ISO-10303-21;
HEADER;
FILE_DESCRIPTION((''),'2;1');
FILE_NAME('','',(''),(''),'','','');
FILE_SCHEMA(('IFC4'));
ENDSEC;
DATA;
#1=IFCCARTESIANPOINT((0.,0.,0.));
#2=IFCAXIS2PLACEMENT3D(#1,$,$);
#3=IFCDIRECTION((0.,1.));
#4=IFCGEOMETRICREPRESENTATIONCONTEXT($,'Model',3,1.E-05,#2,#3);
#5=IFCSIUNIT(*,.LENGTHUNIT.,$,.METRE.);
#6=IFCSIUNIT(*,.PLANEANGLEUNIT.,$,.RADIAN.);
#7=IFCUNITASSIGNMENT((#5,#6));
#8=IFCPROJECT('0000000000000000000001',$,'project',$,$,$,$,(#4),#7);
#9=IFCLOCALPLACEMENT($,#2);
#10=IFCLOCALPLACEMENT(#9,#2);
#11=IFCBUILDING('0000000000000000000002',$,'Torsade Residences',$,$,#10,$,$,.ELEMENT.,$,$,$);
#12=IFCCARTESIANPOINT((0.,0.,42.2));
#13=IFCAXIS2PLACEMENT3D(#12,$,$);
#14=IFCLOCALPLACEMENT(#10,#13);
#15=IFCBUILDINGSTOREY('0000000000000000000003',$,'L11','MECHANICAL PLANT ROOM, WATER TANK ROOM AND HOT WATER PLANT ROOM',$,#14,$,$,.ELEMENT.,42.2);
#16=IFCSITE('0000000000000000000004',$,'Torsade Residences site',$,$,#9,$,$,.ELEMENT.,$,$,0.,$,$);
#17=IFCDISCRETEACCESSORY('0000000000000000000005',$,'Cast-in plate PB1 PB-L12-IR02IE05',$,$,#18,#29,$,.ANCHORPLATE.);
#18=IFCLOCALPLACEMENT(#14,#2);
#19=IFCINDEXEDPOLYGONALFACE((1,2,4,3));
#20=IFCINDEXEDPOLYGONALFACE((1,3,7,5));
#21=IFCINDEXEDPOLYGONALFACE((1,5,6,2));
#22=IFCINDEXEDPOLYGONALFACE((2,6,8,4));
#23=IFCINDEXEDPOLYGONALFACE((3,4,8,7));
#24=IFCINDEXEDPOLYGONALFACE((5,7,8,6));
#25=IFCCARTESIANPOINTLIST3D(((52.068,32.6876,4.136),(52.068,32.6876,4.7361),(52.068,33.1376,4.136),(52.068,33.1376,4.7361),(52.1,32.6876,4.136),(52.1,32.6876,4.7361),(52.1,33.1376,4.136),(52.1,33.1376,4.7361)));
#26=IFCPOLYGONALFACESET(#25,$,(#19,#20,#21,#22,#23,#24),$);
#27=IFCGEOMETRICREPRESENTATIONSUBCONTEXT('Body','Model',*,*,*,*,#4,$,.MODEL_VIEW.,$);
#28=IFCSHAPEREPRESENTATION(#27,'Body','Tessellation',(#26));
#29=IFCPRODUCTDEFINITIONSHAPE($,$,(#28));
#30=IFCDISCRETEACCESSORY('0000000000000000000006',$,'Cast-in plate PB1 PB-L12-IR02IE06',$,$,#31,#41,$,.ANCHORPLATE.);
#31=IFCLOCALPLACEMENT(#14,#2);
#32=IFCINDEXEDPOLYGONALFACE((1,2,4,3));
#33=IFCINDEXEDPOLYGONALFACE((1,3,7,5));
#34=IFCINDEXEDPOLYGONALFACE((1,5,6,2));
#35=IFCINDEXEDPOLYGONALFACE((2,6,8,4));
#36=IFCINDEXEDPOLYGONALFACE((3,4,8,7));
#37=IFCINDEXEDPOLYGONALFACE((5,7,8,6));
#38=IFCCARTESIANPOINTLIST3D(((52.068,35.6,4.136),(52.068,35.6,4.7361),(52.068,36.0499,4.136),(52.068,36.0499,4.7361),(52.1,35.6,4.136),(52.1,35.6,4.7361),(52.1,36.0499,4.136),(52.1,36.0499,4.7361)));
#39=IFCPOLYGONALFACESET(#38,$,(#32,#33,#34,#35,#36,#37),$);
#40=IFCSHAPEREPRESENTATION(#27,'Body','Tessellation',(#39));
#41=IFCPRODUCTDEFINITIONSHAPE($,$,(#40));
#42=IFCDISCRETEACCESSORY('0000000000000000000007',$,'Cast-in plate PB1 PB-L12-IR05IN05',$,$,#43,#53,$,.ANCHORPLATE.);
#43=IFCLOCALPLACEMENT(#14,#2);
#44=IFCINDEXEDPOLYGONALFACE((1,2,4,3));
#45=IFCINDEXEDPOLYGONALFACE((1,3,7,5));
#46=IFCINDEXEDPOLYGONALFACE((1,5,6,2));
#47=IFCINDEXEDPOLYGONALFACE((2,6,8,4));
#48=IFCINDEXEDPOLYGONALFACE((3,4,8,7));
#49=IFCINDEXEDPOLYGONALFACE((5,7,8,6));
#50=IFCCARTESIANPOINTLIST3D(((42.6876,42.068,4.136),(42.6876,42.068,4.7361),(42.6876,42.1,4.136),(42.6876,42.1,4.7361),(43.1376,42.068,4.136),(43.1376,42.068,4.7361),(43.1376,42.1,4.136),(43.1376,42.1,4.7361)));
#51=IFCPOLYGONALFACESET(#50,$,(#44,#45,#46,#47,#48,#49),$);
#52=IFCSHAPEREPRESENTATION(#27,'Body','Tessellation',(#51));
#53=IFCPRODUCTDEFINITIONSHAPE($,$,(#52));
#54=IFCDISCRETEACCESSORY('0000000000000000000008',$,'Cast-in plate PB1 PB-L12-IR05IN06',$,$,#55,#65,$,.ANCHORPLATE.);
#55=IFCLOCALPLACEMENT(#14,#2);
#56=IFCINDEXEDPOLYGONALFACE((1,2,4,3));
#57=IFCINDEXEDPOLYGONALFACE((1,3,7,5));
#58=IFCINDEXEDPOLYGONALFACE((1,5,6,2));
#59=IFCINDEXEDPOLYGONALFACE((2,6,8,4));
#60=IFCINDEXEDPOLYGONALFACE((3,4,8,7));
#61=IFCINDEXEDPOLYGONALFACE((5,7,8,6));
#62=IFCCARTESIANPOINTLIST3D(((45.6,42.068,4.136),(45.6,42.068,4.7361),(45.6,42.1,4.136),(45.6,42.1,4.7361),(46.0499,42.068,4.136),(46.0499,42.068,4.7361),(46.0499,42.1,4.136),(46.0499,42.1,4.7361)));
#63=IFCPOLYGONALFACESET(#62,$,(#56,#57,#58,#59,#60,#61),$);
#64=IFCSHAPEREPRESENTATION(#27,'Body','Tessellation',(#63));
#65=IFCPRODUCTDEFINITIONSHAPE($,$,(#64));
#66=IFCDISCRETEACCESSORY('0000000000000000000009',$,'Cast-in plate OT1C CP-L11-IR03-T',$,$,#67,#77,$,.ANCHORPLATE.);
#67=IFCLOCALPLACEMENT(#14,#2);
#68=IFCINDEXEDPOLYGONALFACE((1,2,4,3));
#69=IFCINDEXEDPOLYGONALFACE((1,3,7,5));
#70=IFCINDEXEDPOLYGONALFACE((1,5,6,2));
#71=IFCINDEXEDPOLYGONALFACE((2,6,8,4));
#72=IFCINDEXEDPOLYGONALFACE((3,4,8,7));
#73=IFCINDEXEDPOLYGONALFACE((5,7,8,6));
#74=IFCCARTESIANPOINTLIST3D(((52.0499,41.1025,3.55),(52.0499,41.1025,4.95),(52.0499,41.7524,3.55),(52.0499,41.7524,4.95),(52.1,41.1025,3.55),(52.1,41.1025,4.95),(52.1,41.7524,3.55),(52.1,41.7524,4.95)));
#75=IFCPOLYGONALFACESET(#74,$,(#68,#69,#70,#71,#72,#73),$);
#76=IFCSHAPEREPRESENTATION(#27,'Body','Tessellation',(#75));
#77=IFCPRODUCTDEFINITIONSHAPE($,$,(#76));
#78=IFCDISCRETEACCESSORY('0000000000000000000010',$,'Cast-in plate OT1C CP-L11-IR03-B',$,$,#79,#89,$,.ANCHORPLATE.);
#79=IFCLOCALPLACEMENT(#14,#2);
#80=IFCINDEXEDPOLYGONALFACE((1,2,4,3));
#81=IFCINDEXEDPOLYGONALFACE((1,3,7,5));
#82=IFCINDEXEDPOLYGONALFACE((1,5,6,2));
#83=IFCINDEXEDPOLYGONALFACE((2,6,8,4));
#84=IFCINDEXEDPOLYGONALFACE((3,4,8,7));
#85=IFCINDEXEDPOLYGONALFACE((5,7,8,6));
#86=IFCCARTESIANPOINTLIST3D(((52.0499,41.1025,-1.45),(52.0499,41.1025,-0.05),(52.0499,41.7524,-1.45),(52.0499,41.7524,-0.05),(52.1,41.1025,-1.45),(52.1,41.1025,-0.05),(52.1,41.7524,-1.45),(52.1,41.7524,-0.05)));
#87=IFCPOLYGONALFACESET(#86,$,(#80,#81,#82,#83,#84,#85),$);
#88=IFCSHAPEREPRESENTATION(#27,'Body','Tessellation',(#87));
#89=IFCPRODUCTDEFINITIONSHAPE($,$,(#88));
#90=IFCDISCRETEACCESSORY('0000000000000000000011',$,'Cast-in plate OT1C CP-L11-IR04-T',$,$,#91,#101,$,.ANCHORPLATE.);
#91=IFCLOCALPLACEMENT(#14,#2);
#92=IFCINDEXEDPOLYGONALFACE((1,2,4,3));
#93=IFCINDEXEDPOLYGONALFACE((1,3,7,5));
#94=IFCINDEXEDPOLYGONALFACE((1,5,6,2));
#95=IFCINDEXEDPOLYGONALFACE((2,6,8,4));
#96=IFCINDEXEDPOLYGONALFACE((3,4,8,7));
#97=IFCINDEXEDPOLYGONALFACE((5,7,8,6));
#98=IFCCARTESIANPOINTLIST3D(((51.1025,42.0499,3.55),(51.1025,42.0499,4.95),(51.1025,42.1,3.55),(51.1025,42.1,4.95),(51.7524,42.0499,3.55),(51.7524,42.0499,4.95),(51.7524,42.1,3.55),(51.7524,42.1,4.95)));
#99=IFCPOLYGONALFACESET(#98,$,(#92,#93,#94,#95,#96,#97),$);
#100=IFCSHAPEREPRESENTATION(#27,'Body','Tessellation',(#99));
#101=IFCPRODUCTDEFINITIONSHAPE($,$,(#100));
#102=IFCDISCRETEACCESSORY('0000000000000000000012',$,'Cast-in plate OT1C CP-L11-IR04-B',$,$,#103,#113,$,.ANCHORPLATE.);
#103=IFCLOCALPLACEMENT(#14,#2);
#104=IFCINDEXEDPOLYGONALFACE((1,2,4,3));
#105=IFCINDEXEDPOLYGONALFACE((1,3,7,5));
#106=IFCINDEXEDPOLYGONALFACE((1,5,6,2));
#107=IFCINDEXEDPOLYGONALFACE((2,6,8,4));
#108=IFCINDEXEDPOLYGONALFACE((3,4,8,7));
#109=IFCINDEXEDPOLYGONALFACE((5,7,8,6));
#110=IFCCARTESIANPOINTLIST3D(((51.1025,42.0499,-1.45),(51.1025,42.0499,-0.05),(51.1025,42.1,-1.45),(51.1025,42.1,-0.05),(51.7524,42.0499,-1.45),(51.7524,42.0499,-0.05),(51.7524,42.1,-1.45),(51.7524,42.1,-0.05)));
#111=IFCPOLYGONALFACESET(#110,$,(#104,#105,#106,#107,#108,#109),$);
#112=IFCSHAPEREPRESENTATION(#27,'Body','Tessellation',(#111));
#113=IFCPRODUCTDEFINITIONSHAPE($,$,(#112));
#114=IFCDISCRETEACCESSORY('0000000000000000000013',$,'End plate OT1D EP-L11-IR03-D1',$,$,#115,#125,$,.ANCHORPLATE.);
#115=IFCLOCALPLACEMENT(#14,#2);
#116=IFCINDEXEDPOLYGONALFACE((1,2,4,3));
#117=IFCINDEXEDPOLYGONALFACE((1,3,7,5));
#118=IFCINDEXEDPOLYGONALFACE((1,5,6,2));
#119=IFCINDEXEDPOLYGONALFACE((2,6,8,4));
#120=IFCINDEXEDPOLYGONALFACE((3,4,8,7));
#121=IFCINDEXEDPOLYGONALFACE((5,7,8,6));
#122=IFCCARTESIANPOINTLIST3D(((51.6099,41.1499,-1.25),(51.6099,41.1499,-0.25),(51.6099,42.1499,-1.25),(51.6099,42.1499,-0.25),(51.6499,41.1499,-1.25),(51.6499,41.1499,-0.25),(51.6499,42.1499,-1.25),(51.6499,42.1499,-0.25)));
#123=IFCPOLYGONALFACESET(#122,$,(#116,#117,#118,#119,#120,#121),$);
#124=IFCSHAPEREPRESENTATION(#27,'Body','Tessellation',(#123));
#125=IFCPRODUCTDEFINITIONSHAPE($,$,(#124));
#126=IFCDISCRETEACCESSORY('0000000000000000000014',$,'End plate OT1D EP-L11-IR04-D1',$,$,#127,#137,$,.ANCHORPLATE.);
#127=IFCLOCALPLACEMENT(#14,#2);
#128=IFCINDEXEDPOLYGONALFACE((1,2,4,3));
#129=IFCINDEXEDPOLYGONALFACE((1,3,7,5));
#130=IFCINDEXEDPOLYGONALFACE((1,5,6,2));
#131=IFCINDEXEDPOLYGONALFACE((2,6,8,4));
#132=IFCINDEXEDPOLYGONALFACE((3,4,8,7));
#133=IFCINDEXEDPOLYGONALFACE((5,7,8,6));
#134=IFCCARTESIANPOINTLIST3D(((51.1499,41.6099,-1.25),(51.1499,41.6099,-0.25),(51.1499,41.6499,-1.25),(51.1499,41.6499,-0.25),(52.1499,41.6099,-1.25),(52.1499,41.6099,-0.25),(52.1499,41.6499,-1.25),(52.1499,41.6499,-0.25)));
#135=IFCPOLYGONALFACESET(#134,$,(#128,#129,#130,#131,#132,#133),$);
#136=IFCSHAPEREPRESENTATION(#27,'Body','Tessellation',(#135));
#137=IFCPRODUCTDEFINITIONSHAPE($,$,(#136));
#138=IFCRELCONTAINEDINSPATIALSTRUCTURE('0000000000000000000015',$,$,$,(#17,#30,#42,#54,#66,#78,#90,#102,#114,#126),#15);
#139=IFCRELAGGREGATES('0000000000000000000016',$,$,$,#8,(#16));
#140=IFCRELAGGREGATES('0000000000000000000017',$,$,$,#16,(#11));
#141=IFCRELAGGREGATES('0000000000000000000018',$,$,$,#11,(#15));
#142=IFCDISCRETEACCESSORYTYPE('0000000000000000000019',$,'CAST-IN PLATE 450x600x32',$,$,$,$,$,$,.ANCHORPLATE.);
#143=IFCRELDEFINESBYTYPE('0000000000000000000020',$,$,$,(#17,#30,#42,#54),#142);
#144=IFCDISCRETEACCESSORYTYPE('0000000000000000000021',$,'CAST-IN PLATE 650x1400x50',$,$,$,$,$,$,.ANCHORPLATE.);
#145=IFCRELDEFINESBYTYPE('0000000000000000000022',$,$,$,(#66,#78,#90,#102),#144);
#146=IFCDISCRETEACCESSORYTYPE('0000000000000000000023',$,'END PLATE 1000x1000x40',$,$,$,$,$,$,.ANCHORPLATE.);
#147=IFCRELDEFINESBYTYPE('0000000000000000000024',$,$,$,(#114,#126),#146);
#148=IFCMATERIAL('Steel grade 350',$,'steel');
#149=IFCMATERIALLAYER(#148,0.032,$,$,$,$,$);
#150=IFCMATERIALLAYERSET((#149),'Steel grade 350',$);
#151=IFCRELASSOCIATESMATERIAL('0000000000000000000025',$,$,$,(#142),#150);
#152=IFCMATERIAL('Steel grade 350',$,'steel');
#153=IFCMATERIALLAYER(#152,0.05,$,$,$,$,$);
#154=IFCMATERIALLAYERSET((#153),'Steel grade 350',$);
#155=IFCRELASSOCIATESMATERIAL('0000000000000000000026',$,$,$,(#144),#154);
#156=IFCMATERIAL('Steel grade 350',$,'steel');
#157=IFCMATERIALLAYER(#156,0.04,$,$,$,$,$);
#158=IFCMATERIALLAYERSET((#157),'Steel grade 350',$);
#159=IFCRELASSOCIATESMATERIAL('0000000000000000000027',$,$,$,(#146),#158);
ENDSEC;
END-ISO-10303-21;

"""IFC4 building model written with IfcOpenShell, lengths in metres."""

from ifc_helpers import new_model, si_unit, direction, frame, origin, origin_2d, place, context, subcontext, project, spatial, rectangle, extrude, material, layer, layer_set, type_object, element, save


model = new_model("IFC4")

# Units and contexts
model_context = context("Model", 3, precision=1e-05, world=origin(), true_north=direction((0.0, 1.0)))
body_context = subcontext(model_context, "Body", "Model", "MODEL_VIEW")
ifc_project = project(units=[si_unit("LENGTHUNIT", "METRE"), si_unit("PLANEANGLEUNIT", "RADIAN")], contexts=[model_context])

# Site, building, storey
site_placement = place(None, origin())
site = spatial("IfcSite", under=ifc_project, at=site_placement, Name="Torsade Residences site", CompositionType="ELEMENT", RefElevation=0.0)
building_placement = place(site_placement, origin())
building = spatial("IfcBuilding", under=site, at=building_placement, Name="Torsade Residences", CompositionType="ELEMENT")
storey_placement = place(building_placement, frame((0.0, 0.0, 42.2)))
storey = spatial("IfcBuildingStorey", under=building, at=storey_placement, Name="L11", Description="MECHANICAL PLANT ROOM, WATER TANK ROOM AND HOT WATER PLANT ROOM", CompositionType="ELEMENT", Elevation=42.2)

# Discrete accessories
ifc_material_1 = material(Name="Steel grade 350", Category="steel")
ifc_layer_1 = layer(ifc_material_1, 0.032)
ifc_layer_set_1 = layer_set([ifc_layer_1], Name="Steel grade 350")
discrete_accessory_type_1 = type_object("IfcDiscreteAccessoryType", Name="CAST-IN PLATE 450x600x32", PredefinedType="ANCHORPLATE", material=ifc_layer_set_1)
for number, where, z_axis, x_axis, name in (
    (1, (52.084, 32.9126, 4.136), (0.0, 0.0, 1.0), (1.0, 0.0, 0.0), "Cast-in plate PB1 PB-L12-IR02IE05"),
    (2, (52.084, 35.825, 4.136), (0.0, 0.0, 1.0), (1.0, 0.0, 0.0), "Cast-in plate PB1 PB-L12-IR02IE06"),
):
    element("IfcDiscreteAccessory", number, at=place(storey_placement, frame(where, z_axis=z_axis, x_axis=x_axis)), inside=storey, type_object=discrete_accessory_type_1, Name=name, PredefinedType="ANCHORPLATE", context=body_context, shape_type="SweptSolid", body=[
        extrude(rectangle(XDim=0.032, YDim=0.45, at=origin_2d()), origin(), (0.0, 0.0, 1.0), 0.6001),
    ])
for number, where, z_axis, x_axis, name in (
    (3, (42.9126, 42.084, 4.136), (0.0, 0.0, 1.0), (1.0, 0.0, 0.0), "Cast-in plate PB1 PB-L12-IR05IN05"),
    (4, (45.825, 42.084, 4.136), (0.0, 0.0, 1.0), (1.0, 0.0, 0.0), "Cast-in plate PB1 PB-L12-IR05IN06"),
):
    element("IfcDiscreteAccessory", number, at=place(storey_placement, frame(where, z_axis=z_axis, x_axis=x_axis)), inside=storey, type_object=discrete_accessory_type_1, Name=name, PredefinedType="ANCHORPLATE", context=body_context, shape_type="SweptSolid", body=[
        extrude(rectangle(XDim=0.45, YDim=0.032, at=origin_2d()), origin(), (0.0, 0.0, 1.0), 0.6001),
    ])
ifc_material_2 = material(Name="Steel grade 350", Category="steel")
ifc_layer_2 = layer(ifc_material_2, 0.05)
ifc_layer_set_2 = layer_set([ifc_layer_2], Name="Steel grade 350")
discrete_accessory_type_2 = type_object("IfcDiscreteAccessoryType", Name="CAST-IN PLATE 650x1400x50", PredefinedType="ANCHORPLATE", material=ifc_layer_set_2)
for number, where, z_axis, x_axis, name in (
    (5, (52.075, 41.4275, 3.55), (0.0, 0.0, 1.0), (1.0, 0.0, 0.0), "Cast-in plate OT1C CP-L11-IR03-T"),
    (6, (52.075, 41.4275, -1.45), (0.0, 0.0, 1.0), (1.0, 0.0, 0.0), "Cast-in plate OT1C CP-L11-IR03-B"),
):
    element("IfcDiscreteAccessory", number, at=place(storey_placement, frame(where, z_axis=z_axis, x_axis=x_axis)), inside=storey, type_object=discrete_accessory_type_2, Name=name, PredefinedType="ANCHORPLATE", context=body_context, shape_type="SweptSolid", body=[
        extrude(rectangle(XDim=0.05, YDim=0.6499, at=origin_2d()), origin(), (0.0, 0.0, 1.0), 1.3999),
    ])
for number, where, z_axis, x_axis, name in (
    (7, (51.4275, 42.075, 3.55), (0.0, 0.0, 1.0), (1.0, 0.0, 0.0), "Cast-in plate OT1C CP-L11-IR04-T"),
    (8, (51.4275, 42.075, -1.45), (0.0, 0.0, 1.0), (1.0, 0.0, 0.0), "Cast-in plate OT1C CP-L11-IR04-B"),
):
    element("IfcDiscreteAccessory", number, at=place(storey_placement, frame(where, z_axis=z_axis, x_axis=x_axis)), inside=storey, type_object=discrete_accessory_type_2, Name=name, PredefinedType="ANCHORPLATE", context=body_context, shape_type="SweptSolid", body=[
        extrude(rectangle(XDim=0.6499, YDim=0.05, at=origin_2d()), origin(), (0.0, 0.0, 1.0), 1.3999),
    ])
ifc_material_3 = material(Name="Steel grade 350", Category="steel")
ifc_layer_3 = layer(ifc_material_3, 0.04)
ifc_layer_set_3 = layer_set([ifc_layer_3], Name="Steel grade 350")
discrete_accessory_type_3 = type_object("IfcDiscreteAccessoryType", Name="END PLATE 1000x1000x40", PredefinedType="ANCHORPLATE", material=ifc_layer_set_3)
discrete_accessory_1_placement = place(storey_placement, frame((51.6299, 41.6499, -1.25), z_axis=(0.0, 0.0, 1.0), x_axis=(1.0, 0.0, 0.0)))
element("IfcDiscreteAccessory", 9, at=discrete_accessory_1_placement, inside=storey, type_object=discrete_accessory_type_3, Name="End plate OT1D EP-L11-IR03-D1", PredefinedType="ANCHORPLATE", context=body_context, shape_type="SweptSolid", body=[
    extrude(rectangle(XDim=0.04, YDim=1.0, at=origin_2d()), origin(), (0.0, 0.0, 1.0), 1.0),
])
discrete_accessory_2_placement = place(storey_placement, frame((51.6499, 41.6299, -1.25), z_axis=(0.0, 0.0, 1.0), x_axis=(1.0, 0.0, 0.0)))
element("IfcDiscreteAccessory", 10, at=discrete_accessory_2_placement, inside=storey, type_object=discrete_accessory_type_3, Name="End plate OT1D EP-L11-IR04-D1", PredefinedType="ANCHORPLATE", context=body_context, shape_type="SweptSolid", body=[
    extrude(rectangle(XDim=1.0, YDim=0.04, at=origin_2d()), origin(), (0.0, 0.0, 1.0), 1.0),
])

save(model, "model.ifc")
